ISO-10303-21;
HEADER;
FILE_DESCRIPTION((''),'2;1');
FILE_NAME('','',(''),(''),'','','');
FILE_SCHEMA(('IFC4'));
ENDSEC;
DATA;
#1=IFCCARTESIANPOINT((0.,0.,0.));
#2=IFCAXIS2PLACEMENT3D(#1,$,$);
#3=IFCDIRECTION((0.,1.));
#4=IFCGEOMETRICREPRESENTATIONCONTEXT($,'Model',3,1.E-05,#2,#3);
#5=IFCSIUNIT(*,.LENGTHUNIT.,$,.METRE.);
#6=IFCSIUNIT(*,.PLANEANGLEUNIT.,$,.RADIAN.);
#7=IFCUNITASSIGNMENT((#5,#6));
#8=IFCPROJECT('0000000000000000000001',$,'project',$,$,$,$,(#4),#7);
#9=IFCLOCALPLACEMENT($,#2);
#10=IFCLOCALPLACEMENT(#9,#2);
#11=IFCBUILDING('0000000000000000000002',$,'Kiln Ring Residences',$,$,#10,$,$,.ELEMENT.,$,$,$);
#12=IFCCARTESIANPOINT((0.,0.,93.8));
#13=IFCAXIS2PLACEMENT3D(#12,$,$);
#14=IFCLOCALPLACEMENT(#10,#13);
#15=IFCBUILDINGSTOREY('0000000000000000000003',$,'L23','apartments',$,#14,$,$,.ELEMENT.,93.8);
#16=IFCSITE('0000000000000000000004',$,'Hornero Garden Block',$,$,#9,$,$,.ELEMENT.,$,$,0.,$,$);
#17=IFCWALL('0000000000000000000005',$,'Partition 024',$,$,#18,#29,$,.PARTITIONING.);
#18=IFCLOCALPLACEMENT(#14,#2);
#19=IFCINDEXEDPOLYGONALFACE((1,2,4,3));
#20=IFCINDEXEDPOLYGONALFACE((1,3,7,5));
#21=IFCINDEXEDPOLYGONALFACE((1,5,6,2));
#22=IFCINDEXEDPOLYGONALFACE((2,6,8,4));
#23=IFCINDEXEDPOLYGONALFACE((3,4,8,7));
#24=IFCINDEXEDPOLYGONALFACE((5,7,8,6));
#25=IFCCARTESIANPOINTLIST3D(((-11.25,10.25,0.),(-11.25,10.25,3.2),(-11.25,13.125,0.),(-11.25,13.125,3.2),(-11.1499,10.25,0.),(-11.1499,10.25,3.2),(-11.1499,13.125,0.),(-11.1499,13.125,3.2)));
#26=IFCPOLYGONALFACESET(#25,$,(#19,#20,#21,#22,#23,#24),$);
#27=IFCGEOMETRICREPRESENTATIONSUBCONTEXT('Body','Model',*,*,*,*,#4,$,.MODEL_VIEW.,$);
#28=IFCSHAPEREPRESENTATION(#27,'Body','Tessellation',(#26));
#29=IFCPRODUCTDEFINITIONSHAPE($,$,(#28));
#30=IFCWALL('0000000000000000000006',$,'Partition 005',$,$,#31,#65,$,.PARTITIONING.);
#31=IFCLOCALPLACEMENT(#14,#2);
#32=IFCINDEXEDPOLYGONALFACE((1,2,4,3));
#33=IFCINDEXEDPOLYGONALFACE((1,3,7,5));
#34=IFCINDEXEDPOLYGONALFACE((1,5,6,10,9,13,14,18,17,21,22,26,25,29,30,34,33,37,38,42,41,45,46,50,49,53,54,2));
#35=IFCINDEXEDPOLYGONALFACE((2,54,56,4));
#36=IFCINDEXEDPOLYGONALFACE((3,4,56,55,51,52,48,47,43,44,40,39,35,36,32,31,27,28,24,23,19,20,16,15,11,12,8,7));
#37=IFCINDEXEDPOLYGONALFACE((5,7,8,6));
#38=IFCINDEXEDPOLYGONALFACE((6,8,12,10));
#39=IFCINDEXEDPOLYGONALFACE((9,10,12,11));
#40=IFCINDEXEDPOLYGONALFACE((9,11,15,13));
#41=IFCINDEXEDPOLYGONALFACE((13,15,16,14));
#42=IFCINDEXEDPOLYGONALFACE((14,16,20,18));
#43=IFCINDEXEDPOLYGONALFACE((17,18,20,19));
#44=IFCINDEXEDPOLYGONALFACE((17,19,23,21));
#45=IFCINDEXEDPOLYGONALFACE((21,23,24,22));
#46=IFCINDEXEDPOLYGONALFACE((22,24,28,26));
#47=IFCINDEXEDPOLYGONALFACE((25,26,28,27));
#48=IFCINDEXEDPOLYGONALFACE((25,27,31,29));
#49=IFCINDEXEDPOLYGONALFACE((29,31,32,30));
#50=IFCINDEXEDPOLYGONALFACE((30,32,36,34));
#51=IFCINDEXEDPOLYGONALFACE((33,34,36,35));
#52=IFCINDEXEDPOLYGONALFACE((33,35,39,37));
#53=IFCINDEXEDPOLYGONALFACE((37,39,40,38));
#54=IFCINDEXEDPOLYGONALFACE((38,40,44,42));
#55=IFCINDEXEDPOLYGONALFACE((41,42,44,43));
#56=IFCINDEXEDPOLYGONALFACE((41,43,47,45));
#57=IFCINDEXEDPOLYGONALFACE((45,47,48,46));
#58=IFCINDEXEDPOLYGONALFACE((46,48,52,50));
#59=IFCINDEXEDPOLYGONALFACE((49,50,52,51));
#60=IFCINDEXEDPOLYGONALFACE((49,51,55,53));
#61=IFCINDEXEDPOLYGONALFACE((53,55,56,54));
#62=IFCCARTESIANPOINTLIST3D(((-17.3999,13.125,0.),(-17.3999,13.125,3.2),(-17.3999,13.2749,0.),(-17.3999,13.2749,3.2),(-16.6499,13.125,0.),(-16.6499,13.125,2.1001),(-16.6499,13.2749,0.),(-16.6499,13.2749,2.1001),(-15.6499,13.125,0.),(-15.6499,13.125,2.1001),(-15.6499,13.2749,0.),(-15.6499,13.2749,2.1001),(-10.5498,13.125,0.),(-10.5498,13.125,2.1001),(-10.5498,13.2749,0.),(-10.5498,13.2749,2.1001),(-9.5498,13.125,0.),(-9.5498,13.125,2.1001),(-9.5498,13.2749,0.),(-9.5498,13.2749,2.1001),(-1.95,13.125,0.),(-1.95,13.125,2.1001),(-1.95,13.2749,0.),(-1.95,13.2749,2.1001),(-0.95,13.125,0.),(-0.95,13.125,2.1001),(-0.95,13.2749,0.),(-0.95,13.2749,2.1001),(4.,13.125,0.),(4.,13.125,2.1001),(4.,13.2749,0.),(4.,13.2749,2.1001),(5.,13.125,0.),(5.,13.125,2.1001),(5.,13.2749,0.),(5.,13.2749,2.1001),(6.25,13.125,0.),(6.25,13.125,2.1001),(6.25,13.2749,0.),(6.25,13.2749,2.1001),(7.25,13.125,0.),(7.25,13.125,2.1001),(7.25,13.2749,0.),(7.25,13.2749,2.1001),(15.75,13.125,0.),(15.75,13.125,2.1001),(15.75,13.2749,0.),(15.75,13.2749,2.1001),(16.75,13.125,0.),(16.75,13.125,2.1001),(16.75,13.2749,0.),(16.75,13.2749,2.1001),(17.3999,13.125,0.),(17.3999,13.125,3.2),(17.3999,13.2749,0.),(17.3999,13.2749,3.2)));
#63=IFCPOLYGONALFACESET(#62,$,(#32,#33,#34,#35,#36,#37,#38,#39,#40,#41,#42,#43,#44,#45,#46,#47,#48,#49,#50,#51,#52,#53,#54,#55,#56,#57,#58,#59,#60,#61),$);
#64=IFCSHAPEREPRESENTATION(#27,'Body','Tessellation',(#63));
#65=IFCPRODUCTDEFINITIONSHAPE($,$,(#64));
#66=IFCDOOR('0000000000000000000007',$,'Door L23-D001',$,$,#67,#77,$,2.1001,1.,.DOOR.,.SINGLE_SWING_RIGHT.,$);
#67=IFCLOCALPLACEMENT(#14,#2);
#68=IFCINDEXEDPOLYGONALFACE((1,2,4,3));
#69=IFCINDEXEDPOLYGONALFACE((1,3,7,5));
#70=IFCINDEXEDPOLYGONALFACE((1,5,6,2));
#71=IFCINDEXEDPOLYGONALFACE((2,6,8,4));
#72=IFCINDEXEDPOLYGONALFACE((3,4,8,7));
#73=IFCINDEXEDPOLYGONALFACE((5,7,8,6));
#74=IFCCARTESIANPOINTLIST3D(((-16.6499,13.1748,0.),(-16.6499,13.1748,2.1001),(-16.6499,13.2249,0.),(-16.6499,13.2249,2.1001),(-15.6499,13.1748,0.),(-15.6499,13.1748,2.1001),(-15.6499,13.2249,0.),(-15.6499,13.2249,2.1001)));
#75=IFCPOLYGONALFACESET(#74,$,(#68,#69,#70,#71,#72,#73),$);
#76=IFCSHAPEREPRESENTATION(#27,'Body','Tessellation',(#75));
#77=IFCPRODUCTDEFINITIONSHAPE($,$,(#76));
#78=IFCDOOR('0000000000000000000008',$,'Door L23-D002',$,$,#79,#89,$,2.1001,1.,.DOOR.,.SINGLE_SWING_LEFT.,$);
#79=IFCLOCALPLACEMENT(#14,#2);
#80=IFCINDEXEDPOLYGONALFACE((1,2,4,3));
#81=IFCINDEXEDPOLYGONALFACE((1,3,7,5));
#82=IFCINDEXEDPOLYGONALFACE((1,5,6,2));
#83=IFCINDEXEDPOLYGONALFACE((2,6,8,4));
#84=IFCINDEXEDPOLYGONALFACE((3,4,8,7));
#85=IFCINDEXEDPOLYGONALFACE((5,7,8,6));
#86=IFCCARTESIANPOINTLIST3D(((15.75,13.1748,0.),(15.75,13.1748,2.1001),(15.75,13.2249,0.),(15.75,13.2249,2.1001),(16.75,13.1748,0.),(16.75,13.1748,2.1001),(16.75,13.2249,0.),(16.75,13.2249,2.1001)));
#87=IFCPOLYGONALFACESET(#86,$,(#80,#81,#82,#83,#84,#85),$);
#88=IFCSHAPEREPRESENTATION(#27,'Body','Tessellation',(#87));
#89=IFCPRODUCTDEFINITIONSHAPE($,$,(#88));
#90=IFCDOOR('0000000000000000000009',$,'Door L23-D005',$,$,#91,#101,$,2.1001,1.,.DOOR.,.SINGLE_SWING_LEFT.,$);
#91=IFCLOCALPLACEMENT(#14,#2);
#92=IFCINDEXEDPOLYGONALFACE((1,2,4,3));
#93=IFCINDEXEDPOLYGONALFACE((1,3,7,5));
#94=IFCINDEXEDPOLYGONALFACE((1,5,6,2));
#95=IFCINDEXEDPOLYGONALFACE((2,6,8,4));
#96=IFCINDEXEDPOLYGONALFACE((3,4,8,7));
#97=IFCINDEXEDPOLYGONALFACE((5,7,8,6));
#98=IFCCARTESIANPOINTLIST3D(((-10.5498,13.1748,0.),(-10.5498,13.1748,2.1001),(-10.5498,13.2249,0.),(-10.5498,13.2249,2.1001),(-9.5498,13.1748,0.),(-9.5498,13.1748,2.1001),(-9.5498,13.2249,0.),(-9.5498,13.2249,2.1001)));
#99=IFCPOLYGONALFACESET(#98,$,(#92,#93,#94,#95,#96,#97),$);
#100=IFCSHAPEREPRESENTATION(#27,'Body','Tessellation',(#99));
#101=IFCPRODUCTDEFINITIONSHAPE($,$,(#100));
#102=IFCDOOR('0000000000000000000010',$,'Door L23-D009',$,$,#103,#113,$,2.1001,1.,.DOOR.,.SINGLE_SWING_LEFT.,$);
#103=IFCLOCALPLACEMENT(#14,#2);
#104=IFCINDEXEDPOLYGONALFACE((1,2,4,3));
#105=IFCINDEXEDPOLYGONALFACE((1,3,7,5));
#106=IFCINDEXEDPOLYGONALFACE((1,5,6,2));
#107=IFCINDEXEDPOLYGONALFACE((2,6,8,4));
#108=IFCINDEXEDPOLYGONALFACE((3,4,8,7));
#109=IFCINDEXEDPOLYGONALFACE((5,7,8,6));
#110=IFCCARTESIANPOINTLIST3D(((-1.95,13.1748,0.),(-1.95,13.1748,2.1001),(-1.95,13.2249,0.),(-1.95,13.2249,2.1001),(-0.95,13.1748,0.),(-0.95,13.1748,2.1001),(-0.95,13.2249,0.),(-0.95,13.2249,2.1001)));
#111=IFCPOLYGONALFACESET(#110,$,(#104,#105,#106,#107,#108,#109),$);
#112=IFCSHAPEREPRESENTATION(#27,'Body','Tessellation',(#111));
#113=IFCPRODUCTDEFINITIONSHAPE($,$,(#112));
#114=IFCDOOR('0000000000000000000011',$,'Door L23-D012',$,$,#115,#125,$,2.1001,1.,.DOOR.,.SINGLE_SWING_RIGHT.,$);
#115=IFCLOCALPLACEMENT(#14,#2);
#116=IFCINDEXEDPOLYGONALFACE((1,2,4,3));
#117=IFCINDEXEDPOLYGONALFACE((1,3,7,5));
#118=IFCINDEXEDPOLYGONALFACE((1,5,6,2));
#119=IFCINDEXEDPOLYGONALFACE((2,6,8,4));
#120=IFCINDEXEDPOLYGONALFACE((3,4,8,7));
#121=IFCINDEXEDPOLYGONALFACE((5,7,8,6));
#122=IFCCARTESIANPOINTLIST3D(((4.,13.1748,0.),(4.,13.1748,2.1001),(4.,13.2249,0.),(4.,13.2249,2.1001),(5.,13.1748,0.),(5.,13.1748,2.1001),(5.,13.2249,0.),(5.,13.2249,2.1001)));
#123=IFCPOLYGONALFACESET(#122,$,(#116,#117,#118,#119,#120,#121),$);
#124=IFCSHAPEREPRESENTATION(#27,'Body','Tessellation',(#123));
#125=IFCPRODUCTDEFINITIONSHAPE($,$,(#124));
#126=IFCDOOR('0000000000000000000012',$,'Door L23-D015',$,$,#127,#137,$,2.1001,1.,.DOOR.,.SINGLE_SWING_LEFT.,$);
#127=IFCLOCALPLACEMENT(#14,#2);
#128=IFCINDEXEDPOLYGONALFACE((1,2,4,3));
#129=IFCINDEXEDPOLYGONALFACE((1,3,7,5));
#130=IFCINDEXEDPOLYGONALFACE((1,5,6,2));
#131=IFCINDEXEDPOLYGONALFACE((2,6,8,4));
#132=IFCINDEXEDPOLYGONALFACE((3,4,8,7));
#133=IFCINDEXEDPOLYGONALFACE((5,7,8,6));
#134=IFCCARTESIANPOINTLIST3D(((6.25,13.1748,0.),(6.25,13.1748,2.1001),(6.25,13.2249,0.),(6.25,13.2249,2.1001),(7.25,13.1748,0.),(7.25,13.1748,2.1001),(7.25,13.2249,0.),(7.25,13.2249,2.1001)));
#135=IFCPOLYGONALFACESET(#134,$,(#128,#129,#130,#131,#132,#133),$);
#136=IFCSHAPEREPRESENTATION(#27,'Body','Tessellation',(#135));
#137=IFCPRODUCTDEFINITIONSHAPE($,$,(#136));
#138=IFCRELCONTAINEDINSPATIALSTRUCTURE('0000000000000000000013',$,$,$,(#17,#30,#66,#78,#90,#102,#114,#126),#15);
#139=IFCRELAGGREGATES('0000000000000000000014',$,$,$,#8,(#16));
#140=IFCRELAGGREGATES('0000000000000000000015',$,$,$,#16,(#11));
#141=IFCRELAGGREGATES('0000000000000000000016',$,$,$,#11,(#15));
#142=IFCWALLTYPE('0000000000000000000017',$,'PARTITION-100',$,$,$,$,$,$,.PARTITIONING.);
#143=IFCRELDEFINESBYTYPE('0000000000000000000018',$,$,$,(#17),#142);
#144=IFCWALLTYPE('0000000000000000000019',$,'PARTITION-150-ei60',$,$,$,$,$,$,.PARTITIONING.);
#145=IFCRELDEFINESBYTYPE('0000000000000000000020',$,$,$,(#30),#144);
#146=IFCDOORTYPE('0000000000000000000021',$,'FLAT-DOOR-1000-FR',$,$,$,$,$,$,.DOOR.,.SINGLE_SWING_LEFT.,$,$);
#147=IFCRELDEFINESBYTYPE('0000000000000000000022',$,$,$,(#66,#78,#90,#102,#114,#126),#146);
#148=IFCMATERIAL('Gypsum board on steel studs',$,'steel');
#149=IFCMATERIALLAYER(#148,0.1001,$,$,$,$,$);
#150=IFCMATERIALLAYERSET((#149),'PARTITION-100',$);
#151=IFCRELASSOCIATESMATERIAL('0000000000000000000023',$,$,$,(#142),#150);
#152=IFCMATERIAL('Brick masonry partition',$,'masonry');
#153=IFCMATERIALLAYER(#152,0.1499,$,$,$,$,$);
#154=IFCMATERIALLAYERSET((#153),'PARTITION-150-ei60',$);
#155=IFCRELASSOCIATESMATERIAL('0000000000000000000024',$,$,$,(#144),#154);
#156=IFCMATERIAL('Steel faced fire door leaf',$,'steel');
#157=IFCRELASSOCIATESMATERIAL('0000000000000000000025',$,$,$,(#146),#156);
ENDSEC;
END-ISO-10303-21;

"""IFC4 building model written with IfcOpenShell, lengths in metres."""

from ifc_helpers import new_model, si_unit, direction, frame, frame_2d, origin, place, context, subcontext, project, spatial, rectangle, extrude, material, layer, layer_set, type_object, element, fill, save


model = new_model("IFC4")

# Units and contexts
model_context = context("Model", 3, precision=1e-05, world=origin(), true_north=direction((0.0, 1.0)))
body_context = subcontext(model_context, "Body", "Model", "MODEL_VIEW")
ifc_project = project(units=[si_unit("LENGTHUNIT", "METRE"), si_unit("PLANEANGLEUNIT", "RADIAN")], contexts=[model_context])

# Site, building, storey
site_placement = place(None, origin())
site = spatial("IfcSite", under=ifc_project, at=site_placement, Name="Hornero Garden Block", CompositionType="ELEMENT", RefElevation=0.0)
building_placement = place(site_placement, origin())
building = spatial("IfcBuilding", under=site, at=building_placement, Name="Kiln Ring Residences", CompositionType="ELEMENT")
storey_placement = place(building_placement, frame((0.0, 0.0, 93.8)))
storey = spatial("IfcBuildingStorey", under=building, at=storey_placement, Name="L23", Description="apartments", CompositionType="ELEMENT", Elevation=93.8)

# Shared definitions
ifc_material_1 = material(Name="Gypsum board on steel studs", Category="steel")
ifc_layer_1 = layer(ifc_material_1, 0.1001)
ifc_layer_set_1 = layer_set([ifc_layer_1], Name="PARTITION-100")
wall_type_1 = type_object("IfcWallType", Name="PARTITION-100", PredefinedType="PARTITIONING", material=ifc_layer_set_1)

# Wall
wall_1_placement = place(storey_placement, frame((-11.2, 10.25, 0.0), z_axis=(0.0, 0.0, 1.0), x_axis=(0.0, 1.0, 0.0)))
element("IfcWall", 1, at=wall_1_placement, inside=storey, type_object=wall_type_1, Name="Partition 024", PredefinedType="PARTITIONING", context=body_context, shape_type="SweptSolid", body=[
    extrude(rectangle(XDim=2.875, YDim=0.1001, at=frame_2d((1.4375, 0.0))), origin(), (0.0, 0.0, 1.0), 3.2),
])

# Wall, openings, doors
ifc_material_2 = material(Name="Brick masonry partition", Category="masonry")
ifc_layer_2 = layer(ifc_material_2, 0.1499)
ifc_layer_set_2 = layer_set([ifc_layer_2], Name="PARTITION-150-ei60")
wall_type_2 = type_object("IfcWallType", Name="PARTITION-150-ei60", PredefinedType="PARTITIONING", material=ifc_layer_set_2)
wall_2_placement = place(storey_placement, frame((-17.3999, 13.2, 0.0), z_axis=(0.0, 0.0, 1.0), x_axis=(1.0, 0.0, 0.0)))
wall_2 = element("IfcWall", 2, at=wall_2_placement, inside=storey, type_object=wall_type_2, Name="Partition 005", PredefinedType="PARTITIONING", context=body_context, shape_type="SweptSolid", body=[
    extrude(rectangle(XDim=34.7998, YDim=0.1499, at=frame_2d((17.3999, 0.0))), origin(), (0.0, 0.0, 1.0), 3.2),
])
opening_1_placement = place(wall_2_placement, frame((0.75, 0.0, 0.0)))
opening_1 = element("IfcOpeningElement", 3, at=opening_1_placement, cuts=wall_2, PredefinedType="OPENING", context=body_context, shape_type="SweptSolid", body=[
    extrude(rectangle(XDim=1.0, YDim=2.1001, at=frame_2d((0.5, 1.05))), frame((0.0, 0.085, 0.0), z_axis=(0.0, -1.0, 0.0), x_axis=(1.0, 0.0, 0.0)), (0.0, 0.0, 1.0), 0.1699),
])
opening_2_placement = place(wall_2_placement, frame((33.1499, 0.0, 0.0)))
opening_2 = element("IfcOpeningElement", 4, at=opening_2_placement, cuts=wall_2, PredefinedType="OPENING", context=body_context, shape_type="SweptSolid", body=[
    extrude(rectangle(XDim=1.0, YDim=2.1001, at=frame_2d((0.5, 1.05))), frame((0.0, 0.085, 0.0), z_axis=(0.0, -1.0, 0.0), x_axis=(1.0, 0.0, 0.0)), (0.0, 0.0, 1.0), 0.1699),
])
opening_3_placement = place(wall_2_placement, frame((6.8501, 0.0, 0.0)))
opening_3 = element("IfcOpeningElement", 5, at=opening_3_placement, cuts=wall_2, PredefinedType="OPENING", context=body_context, shape_type="SweptSolid", body=[
    extrude(rectangle(XDim=1.0, YDim=2.1001, at=frame_2d((0.5, 1.05))), frame((0.0, 0.085, 0.0), z_axis=(0.0, -1.0, 0.0), x_axis=(1.0, 0.0, 0.0)), (0.0, 0.0, 1.0), 0.1699),
])
opening_4_placement = place(wall_2_placement, frame((15.45, 0.0, 0.0)))
opening_4 = element("IfcOpeningElement", 6, at=opening_4_placement, cuts=wall_2, PredefinedType="OPENING", context=body_context, shape_type="SweptSolid", body=[
    extrude(rectangle(XDim=1.0, YDim=2.1001, at=frame_2d((0.5, 1.05))), frame((0.0, 0.085, 0.0), z_axis=(0.0, -1.0, 0.0), x_axis=(1.0, 0.0, 0.0)), (0.0, 0.0, 1.0), 0.1699),
])
opening_5_placement = place(wall_2_placement, frame((21.3999, 0.0, 0.0)))
opening_5 = element("IfcOpeningElement", 7, at=opening_5_placement, cuts=wall_2, PredefinedType="OPENING", context=body_context, shape_type="SweptSolid", body=[
    extrude(rectangle(XDim=1.0, YDim=2.1001, at=frame_2d((0.5, 1.05))), frame((0.0, 0.085, 0.0), z_axis=(0.0, -1.0, 0.0), x_axis=(1.0, 0.0, 0.0)), (0.0, 0.0, 1.0), 0.1699),
])
opening_6_placement = place(wall_2_placement, frame((23.6499, 0.0, 0.0)))
opening_6 = element("IfcOpeningElement", 8, at=opening_6_placement, cuts=wall_2, PredefinedType="OPENING", context=body_context, shape_type="SweptSolid", body=[
    extrude(rectangle(XDim=1.0, YDim=2.1001, at=frame_2d((0.5, 1.05))), frame((0.0, 0.085, 0.0), z_axis=(0.0, -1.0, 0.0), x_axis=(1.0, 0.0, 0.0)), (0.0, 0.0, 1.0), 0.1699),
])
ifc_material_3 = material(Name="Steel faced fire door leaf", Category="steel")
door_type_1 = type_object("IfcDoorType", Name="FLAT-DOOR-1000-FR", OperationType="SINGLE_SWING_LEFT", PredefinedType="DOOR", material=ifc_material_3)
door_1_placement = place(opening_1_placement, origin())
door_1 = element("IfcDoor", 9, at=door_1_placement, inside=storey, type_object=door_type_1, Name="Door L23-D001", OperationType="SINGLE_SWING_RIGHT", OverallHeight=2.1001, OverallWidth=1.0, PredefinedType="DOOR", context=body_context, shape_type="SweptSolid", body=[
    extrude(rectangle(XDim=1.0, YDim=2.1001, at=frame_2d((0.5, 1.05))), frame((0.0, 0.0249, 0.0), z_axis=(0.0, -1.0, 0.0), x_axis=(1.0, 0.0, 0.0)), (0.0, 0.0, 1.0), 0.05),
])
fill(opening_1, door_1)
door_2_placement = place(opening_2_placement, origin())
door_2 = element("IfcDoor", 10, at=door_2_placement, inside=storey, type_object=door_type_1, Name="Door L23-D002", OperationType="SINGLE_SWING_LEFT", OverallHeight=2.1001, OverallWidth=1.0, PredefinedType="DOOR", context=body_context, shape_type="SweptSolid", body=[
    extrude(rectangle(XDim=1.0, YDim=2.1001, at=frame_2d((0.5, 1.05))), frame((0.0, 0.0249, 0.0), z_axis=(0.0, -1.0, 0.0), x_axis=(1.0, 0.0, 0.0)), (0.0, 0.0, 1.0), 0.05),
])
fill(opening_2, door_2)
door_3_placement = place(opening_3_placement, origin())
door_3 = element("IfcDoor", 11, at=door_3_placement, inside=storey, type_object=door_type_1, Name="Door L23-D005", OperationType="SINGLE_SWING_LEFT", OverallHeight=2.1001, OverallWidth=1.0, PredefinedType="DOOR", context=body_context, shape_type="SweptSolid", body=[
    extrude(rectangle(XDim=1.0, YDim=2.1001, at=frame_2d((0.5, 1.05))), frame((0.0, 0.0249, 0.0), z_axis=(0.0, -1.0, 0.0), x_axis=(1.0, 0.0, 0.0)), (0.0, 0.0, 1.0), 0.05),
])
fill(opening_3, door_3)
door_4_placement = place(opening_4_placement, origin())
door_4 = element("IfcDoor", 12, at=door_4_placement, inside=storey, type_object=door_type_1, Name="Door L23-D009", OperationType="SINGLE_SWING_LEFT", OverallHeight=2.1001, OverallWidth=1.0, PredefinedType="DOOR", context=body_context, shape_type="SweptSolid", body=[
    extrude(rectangle(XDim=1.0, YDim=2.1001, at=frame_2d((0.5, 1.05))), frame((0.0, 0.0249, 0.0), z_axis=(0.0, -1.0, 0.0), x_axis=(1.0, 0.0, 0.0)), (0.0, 0.0, 1.0), 0.05),
])
fill(opening_4, door_4)
door_5_placement = place(opening_5_placement, origin())
door_5 = element("IfcDoor", 13, at=door_5_placement, inside=storey, type_object=door_type_1, Name="Door L23-D012", OperationType="SINGLE_SWING_RIGHT", OverallHeight=2.1001, OverallWidth=1.0, PredefinedType="DOOR", context=body_context, shape_type="SweptSolid", body=[
    extrude(rectangle(XDim=1.0, YDim=2.1001, at=frame_2d((0.5, 1.05))), frame((0.0, 0.0249, 0.0), z_axis=(0.0, -1.0, 0.0), x_axis=(1.0, 0.0, 0.0)), (0.0, 0.0, 1.0), 0.05),
])
fill(opening_5, door_5)
door_6_placement = place(opening_6_placement, origin())
door_6 = element("IfcDoor", 14, at=door_6_placement, inside=storey, type_object=door_type_1, Name="Door L23-D015", OperationType="SINGLE_SWING_LEFT", OverallHeight=2.1001, OverallWidth=1.0, PredefinedType="DOOR", context=body_context, shape_type="SweptSolid", body=[
    extrude(rectangle(XDim=1.0, YDim=2.1001, at=frame_2d((0.5, 1.05))), frame((0.0, 0.0249, 0.0), z_axis=(0.0, -1.0, 0.0), x_axis=(1.0, 0.0, 0.0)), (0.0, 0.0, 1.0), 0.05),
])
fill(opening_6, door_6)

save(model, "model.ifc")
